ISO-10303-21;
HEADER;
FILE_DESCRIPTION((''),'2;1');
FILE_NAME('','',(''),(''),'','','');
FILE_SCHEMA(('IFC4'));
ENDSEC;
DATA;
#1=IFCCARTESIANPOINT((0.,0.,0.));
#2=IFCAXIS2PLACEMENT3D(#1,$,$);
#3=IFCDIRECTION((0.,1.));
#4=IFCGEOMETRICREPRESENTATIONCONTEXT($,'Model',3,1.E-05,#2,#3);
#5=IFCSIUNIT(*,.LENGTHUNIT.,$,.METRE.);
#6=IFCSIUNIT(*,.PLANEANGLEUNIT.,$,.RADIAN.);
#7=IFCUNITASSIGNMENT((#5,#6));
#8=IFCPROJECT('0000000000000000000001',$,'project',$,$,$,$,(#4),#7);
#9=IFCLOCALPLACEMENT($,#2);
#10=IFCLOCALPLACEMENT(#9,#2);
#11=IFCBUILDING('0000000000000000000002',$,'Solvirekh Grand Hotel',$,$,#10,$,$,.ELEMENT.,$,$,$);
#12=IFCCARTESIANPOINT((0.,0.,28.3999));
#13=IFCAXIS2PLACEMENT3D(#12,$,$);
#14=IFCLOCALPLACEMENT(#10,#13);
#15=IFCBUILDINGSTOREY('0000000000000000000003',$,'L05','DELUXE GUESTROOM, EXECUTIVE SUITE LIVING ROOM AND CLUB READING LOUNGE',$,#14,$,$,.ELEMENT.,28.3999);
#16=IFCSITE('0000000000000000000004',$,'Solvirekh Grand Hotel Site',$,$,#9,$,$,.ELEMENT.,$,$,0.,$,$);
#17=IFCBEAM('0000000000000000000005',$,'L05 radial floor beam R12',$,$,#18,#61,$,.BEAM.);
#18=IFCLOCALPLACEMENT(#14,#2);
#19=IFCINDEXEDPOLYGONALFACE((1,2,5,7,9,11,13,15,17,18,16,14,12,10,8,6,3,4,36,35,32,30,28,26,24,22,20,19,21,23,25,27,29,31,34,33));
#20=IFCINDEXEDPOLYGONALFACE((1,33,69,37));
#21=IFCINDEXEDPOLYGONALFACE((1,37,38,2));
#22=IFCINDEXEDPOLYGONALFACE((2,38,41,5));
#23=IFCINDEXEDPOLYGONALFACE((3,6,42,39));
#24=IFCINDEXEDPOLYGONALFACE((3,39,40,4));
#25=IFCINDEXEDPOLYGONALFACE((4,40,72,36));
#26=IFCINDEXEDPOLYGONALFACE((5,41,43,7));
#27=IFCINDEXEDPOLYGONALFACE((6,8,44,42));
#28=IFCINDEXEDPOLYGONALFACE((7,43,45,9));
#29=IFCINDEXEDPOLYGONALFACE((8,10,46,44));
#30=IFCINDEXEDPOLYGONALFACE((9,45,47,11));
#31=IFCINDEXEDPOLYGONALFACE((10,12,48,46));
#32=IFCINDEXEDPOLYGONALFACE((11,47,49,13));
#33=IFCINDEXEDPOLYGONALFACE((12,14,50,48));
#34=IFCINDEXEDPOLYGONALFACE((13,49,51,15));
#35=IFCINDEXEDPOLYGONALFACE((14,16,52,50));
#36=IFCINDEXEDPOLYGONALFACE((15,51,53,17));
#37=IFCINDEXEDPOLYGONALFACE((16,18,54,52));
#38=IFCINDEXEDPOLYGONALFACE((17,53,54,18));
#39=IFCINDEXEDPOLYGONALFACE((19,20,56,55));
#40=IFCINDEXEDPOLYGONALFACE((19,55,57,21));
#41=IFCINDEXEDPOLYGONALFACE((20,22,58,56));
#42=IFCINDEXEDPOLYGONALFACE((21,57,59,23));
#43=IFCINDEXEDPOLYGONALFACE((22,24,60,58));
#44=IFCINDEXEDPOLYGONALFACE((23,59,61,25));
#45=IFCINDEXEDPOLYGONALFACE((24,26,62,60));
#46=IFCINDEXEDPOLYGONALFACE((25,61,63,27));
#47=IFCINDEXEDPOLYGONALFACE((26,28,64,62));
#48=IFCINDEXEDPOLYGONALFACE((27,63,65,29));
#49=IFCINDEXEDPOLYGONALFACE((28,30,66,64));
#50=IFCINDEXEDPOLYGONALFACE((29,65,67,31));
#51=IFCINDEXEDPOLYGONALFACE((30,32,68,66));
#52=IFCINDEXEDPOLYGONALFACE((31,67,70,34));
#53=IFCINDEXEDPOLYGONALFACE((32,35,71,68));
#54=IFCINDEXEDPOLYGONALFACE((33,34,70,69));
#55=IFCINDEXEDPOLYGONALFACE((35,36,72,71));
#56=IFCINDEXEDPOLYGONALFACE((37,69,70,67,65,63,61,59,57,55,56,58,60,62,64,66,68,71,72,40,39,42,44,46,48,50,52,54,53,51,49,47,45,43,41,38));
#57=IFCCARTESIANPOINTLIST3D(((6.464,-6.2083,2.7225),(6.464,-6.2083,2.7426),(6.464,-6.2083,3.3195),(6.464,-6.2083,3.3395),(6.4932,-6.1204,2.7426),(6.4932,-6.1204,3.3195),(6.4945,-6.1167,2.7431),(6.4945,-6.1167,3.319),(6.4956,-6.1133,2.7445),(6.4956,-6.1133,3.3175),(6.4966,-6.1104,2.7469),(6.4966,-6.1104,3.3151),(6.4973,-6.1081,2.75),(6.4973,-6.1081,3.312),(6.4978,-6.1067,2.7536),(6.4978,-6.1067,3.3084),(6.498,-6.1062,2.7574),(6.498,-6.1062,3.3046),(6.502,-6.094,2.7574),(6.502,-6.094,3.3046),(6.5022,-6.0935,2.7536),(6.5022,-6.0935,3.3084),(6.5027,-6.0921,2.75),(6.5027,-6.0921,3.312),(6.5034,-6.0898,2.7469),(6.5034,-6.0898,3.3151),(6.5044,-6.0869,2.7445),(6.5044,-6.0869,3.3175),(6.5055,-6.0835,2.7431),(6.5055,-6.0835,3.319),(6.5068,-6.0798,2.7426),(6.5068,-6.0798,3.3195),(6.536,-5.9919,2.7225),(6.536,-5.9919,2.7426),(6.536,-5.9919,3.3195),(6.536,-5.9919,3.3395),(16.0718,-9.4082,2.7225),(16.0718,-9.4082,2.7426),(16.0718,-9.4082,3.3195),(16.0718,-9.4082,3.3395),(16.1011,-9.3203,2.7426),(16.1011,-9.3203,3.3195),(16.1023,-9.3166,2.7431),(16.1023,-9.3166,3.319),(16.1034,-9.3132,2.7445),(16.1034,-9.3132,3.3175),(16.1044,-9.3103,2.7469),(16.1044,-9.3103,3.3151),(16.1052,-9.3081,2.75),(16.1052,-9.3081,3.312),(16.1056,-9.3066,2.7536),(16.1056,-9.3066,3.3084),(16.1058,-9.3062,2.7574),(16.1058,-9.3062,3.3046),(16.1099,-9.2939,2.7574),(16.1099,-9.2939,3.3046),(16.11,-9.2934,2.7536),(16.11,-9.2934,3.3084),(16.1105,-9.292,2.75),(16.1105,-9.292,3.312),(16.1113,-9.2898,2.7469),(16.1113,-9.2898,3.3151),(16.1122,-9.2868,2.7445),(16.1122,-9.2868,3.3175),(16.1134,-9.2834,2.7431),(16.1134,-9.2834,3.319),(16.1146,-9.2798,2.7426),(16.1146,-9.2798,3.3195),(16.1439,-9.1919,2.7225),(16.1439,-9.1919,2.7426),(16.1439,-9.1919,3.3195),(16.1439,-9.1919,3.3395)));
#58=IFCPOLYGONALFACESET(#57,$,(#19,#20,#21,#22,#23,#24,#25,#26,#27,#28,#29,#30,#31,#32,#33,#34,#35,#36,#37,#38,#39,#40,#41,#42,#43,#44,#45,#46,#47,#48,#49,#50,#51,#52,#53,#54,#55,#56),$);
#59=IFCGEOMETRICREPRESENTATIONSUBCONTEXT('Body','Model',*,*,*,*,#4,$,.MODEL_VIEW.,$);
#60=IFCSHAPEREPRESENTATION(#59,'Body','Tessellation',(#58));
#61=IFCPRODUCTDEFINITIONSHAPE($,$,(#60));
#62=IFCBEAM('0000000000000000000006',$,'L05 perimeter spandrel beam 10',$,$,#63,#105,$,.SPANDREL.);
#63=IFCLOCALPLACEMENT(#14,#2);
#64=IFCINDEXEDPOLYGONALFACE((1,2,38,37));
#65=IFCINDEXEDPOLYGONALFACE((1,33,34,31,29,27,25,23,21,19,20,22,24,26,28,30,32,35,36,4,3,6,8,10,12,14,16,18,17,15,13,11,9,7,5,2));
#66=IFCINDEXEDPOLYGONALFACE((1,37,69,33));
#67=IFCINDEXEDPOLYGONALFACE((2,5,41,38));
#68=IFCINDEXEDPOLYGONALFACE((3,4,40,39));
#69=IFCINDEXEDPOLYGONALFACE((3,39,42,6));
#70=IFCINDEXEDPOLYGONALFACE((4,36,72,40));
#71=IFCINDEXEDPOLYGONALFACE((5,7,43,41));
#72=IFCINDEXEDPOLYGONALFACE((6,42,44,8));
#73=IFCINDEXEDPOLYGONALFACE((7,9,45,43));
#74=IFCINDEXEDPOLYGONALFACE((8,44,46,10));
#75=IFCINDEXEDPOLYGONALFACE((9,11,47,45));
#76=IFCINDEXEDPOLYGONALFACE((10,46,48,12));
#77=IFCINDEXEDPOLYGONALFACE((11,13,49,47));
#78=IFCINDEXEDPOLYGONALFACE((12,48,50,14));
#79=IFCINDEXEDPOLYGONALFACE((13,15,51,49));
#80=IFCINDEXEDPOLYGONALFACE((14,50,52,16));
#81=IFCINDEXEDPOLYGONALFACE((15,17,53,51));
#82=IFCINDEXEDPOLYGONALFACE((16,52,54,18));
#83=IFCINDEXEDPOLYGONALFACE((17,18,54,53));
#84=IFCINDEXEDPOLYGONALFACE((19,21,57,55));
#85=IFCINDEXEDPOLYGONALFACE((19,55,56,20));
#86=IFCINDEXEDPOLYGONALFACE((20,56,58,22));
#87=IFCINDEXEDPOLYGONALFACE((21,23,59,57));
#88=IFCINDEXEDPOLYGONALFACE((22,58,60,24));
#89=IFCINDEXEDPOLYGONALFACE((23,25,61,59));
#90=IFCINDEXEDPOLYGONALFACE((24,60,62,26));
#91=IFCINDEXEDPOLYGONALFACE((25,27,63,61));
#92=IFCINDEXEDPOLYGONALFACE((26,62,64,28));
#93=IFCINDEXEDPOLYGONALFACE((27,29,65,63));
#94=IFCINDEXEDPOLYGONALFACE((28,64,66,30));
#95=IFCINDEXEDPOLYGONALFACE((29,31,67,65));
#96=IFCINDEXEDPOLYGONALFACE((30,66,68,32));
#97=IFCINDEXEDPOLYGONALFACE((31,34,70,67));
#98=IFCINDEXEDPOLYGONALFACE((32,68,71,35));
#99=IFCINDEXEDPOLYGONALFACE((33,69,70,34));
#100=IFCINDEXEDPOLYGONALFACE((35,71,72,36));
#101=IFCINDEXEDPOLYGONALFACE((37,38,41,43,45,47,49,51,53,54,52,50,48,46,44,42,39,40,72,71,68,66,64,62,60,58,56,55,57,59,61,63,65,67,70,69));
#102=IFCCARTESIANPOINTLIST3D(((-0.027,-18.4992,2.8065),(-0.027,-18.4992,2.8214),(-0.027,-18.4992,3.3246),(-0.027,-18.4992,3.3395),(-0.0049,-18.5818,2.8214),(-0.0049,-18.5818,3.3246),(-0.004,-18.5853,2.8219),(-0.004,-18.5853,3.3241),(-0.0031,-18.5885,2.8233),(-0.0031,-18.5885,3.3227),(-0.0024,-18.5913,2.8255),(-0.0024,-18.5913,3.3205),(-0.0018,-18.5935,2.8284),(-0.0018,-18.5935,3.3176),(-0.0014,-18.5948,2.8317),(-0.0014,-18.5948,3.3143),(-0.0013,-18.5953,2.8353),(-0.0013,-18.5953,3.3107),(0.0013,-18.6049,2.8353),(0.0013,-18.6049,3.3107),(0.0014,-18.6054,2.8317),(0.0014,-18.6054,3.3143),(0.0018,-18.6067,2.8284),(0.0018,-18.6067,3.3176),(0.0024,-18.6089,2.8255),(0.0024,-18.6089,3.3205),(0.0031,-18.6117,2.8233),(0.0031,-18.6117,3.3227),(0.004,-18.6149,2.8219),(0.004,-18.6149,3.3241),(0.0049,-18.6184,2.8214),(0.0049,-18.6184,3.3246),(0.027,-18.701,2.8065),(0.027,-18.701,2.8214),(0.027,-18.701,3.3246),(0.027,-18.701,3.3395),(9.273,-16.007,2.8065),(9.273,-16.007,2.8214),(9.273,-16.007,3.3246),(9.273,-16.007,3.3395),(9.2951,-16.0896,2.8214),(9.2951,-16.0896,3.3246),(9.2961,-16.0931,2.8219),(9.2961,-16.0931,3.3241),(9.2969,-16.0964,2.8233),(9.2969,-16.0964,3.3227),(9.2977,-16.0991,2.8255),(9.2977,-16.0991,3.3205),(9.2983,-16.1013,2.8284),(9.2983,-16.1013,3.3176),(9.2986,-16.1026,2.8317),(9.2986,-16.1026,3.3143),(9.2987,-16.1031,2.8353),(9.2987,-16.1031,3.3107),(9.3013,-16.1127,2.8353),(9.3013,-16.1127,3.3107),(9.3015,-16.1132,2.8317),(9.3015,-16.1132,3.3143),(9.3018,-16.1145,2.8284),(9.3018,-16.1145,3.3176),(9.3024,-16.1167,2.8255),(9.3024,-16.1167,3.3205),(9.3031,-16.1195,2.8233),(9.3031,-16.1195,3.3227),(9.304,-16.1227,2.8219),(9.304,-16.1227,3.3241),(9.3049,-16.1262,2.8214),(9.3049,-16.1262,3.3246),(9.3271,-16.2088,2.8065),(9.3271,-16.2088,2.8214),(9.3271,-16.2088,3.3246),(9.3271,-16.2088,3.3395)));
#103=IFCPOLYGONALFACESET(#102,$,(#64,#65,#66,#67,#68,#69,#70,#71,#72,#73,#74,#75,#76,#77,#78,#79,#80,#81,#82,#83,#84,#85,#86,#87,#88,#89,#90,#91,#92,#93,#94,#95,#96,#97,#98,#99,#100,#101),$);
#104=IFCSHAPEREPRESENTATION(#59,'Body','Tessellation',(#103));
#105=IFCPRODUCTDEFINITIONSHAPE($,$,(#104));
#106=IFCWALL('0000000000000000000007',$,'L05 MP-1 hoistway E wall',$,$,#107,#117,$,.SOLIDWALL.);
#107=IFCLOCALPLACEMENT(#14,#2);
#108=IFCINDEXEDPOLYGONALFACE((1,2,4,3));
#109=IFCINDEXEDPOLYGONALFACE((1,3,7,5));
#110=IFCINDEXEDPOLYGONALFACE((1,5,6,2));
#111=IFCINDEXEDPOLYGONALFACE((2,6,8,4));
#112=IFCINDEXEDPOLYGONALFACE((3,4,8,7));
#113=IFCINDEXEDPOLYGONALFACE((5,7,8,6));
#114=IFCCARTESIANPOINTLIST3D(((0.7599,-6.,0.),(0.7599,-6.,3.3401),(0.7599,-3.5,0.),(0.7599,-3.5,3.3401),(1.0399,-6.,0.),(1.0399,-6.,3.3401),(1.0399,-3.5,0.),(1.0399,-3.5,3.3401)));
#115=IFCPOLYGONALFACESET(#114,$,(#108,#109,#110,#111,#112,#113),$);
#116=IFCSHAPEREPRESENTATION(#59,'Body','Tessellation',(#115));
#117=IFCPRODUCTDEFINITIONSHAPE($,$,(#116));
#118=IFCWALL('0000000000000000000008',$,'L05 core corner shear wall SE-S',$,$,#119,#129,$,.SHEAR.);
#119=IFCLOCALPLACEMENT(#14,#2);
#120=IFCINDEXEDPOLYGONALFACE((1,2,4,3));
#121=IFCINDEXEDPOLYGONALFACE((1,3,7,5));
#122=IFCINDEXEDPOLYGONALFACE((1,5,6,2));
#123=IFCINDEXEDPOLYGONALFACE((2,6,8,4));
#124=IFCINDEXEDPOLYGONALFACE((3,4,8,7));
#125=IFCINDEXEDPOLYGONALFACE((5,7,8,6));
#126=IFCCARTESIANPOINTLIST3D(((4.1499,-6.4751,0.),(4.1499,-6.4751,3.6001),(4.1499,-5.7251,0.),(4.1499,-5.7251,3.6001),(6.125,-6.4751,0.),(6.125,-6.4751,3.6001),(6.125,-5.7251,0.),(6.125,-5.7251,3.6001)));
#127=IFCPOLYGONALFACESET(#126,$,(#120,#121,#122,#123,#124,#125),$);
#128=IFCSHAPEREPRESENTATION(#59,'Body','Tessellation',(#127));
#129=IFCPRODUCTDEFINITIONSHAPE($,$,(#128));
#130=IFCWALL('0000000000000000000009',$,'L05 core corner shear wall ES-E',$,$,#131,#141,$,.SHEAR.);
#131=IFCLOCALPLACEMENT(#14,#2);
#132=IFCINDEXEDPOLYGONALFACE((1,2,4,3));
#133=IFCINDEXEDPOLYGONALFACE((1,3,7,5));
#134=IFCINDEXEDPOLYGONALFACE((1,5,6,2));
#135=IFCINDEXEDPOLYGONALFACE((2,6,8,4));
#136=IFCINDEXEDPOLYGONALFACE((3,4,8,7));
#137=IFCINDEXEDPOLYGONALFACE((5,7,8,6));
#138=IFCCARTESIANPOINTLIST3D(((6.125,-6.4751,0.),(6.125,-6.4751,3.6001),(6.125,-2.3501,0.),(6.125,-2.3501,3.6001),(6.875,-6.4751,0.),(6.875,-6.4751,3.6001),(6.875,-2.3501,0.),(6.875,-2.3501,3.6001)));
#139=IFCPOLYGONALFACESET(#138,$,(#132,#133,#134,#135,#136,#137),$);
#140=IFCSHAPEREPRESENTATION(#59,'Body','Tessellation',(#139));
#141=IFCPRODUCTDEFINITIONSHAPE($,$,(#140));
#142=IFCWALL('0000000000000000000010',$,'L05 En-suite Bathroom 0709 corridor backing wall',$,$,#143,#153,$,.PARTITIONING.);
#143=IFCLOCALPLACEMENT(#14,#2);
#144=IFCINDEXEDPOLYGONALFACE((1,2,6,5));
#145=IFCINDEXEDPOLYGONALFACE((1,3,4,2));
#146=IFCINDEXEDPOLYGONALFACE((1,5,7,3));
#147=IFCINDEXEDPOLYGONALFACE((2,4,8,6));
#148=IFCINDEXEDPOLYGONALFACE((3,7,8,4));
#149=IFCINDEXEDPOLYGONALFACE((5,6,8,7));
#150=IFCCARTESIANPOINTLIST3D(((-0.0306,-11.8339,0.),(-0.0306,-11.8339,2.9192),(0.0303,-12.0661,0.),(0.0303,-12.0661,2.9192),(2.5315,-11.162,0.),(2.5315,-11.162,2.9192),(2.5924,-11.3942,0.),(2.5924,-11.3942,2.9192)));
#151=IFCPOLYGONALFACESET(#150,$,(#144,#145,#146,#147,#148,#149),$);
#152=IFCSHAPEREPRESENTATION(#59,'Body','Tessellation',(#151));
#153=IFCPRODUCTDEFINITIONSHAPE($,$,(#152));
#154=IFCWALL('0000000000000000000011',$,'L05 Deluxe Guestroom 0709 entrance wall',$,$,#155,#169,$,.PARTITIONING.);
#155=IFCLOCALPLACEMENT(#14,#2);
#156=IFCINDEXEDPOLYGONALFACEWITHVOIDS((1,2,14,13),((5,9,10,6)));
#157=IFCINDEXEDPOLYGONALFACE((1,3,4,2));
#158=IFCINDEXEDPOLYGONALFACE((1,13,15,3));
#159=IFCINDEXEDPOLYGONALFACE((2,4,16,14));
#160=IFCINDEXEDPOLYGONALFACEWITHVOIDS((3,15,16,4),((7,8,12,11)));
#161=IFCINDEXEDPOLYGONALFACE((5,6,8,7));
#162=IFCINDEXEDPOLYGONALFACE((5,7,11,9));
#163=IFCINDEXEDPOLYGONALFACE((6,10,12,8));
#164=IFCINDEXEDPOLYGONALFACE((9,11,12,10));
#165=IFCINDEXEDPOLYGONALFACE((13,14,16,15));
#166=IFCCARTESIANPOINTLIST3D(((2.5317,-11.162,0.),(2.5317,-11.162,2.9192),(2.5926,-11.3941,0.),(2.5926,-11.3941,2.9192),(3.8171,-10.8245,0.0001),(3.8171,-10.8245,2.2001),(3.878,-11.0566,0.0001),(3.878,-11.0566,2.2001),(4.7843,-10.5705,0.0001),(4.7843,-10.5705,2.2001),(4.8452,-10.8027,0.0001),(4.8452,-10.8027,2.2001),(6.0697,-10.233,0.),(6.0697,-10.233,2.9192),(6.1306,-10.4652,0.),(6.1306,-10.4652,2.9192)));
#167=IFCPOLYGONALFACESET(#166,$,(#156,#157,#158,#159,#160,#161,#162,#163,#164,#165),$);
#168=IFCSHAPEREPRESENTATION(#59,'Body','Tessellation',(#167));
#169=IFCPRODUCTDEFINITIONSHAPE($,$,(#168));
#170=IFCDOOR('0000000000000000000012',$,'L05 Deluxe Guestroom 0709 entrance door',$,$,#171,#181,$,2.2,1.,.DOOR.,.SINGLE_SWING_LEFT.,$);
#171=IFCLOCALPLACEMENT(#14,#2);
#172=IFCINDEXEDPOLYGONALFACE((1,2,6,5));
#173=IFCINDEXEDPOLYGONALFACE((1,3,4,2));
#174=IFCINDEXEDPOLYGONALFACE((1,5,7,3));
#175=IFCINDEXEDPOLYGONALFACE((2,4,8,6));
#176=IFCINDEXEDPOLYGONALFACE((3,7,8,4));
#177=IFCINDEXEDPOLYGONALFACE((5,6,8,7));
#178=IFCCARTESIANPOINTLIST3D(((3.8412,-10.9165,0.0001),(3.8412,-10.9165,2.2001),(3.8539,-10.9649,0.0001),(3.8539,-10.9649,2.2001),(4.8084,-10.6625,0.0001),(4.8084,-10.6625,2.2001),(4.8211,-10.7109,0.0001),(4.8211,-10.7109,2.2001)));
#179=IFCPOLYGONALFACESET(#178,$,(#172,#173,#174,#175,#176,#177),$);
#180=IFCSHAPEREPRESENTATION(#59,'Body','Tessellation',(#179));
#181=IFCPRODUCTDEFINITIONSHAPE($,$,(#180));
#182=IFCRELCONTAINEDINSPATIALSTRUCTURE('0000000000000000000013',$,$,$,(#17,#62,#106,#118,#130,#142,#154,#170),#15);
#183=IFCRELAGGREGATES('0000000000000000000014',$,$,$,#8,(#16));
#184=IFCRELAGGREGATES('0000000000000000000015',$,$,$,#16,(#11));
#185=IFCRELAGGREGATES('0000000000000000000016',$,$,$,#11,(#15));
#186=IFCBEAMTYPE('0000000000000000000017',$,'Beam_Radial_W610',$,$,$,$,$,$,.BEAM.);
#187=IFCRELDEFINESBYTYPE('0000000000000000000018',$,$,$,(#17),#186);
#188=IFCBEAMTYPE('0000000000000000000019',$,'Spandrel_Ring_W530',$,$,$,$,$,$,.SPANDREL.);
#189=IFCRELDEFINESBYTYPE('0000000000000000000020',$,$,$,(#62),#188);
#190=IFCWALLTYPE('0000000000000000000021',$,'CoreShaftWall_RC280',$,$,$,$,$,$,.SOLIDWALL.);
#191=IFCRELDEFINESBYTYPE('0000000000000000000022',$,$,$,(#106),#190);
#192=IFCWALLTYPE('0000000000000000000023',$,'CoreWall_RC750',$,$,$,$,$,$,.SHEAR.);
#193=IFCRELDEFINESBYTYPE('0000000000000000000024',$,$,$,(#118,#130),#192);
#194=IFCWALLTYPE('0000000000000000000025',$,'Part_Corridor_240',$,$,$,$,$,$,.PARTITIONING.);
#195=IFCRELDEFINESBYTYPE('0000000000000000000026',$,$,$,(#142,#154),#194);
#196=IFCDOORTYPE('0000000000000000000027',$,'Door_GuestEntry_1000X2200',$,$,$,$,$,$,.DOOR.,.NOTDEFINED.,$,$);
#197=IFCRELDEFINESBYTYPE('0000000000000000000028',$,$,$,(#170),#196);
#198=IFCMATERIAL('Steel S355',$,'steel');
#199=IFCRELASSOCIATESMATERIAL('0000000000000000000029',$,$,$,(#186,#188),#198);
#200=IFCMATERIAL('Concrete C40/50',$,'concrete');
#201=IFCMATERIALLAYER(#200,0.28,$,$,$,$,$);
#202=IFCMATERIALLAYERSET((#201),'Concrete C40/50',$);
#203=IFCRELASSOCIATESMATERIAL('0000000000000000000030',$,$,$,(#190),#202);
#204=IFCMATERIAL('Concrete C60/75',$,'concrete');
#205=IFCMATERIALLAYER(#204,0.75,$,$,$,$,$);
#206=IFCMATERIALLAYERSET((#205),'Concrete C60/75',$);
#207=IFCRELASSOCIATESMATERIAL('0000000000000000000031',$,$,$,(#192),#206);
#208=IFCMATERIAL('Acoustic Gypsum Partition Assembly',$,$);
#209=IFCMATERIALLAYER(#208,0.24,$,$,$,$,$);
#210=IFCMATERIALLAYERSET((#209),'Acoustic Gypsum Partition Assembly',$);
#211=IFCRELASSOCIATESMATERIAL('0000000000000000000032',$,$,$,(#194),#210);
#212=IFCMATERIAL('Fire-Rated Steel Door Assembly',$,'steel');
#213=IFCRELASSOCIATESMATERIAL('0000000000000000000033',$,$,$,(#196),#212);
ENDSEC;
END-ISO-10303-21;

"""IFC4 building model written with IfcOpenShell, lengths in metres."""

from ifc_helpers import new_model, si_unit, direction, frame, frame_2d, origin, origin_2d, place, context, subcontext, project, spatial, rectangle, i_section, extrude, material, layer, layer_set, material_profile, profile_set, type_object, element, fill, save


model = new_model("IFC4")

# Units and contexts
model_context = context("Model", 3, precision=1e-05, world=origin(), true_north=direction((0.0, 1.0)))
body_context = subcontext(model_context, "Body", "Model", "MODEL_VIEW")
ifc_project = project(units=[si_unit("LENGTHUNIT", "METRE"), si_unit("PLANEANGLEUNIT", "RADIAN")], contexts=[model_context])

# Site, building, storey
site_placement = place(None, origin())
site = spatial("IfcSite", under=ifc_project, at=site_placement, Name="Solvirekh Grand Hotel Site", CompositionType="ELEMENT", RefElevation=0.0)
building_placement = place(site_placement, origin())
building = spatial("IfcBuilding", under=site, at=building_placement, Name="Solvirekh Grand Hotel", CompositionType="ELEMENT")
storey_placement = place(building_placement, frame((0.0, 0.0, 28.3999)))
storey = spatial("IfcBuildingStorey", under=building, at=storey_placement, Name="L05", Description="DELUXE GUESTROOM, EXECUTIVE SUITE LIVING ROOM AND CLUB READING LOUNGE", CompositionType="ELEMENT", Elevation=28.3999)

# Shared definitions
ifc_material_1 = material(Name="Concrete C60/75", Category="concrete")

# Beams
ifc_material_2 = material(Name="Steel S355", Category="steel")
ifc_material_profile_1 = material_profile(ifc_material_2, i_section(OverallWidth=0.228, OverallDepth=0.6169, WebThickness=0.0129, FlangeThickness=0.02, FilletRadius=0.0149, at=origin_2d()), Name="W610X140")
ifc_profile_set_1 = profile_set([ifc_material_profile_1], Name="Steel S355")
beam_type_1 = type_object("IfcBeamType", Name="Beam_Radial_W610", PredefinedType="BEAM", material=ifc_profile_set_1)
beam_1_placement = place(storey_placement, frame((6.5, -6.1001, 3.031), z_axis=(0.948763, -0.315989, 0.0), x_axis=(0.315989, 0.948763, 0.0)))
element("IfcBeam", 1, at=beam_1_placement, inside=storey, type_object=beam_type_1, Name="L05 radial floor beam R12", PredefinedType="BEAM", context=body_context, shape_type="SweptSolid", body=[
    extrude(i_section(OverallWidth=0.228, OverallDepth=0.6169, WebThickness=0.0129, FlangeThickness=0.02, FilletRadius=0.0149, at=origin_2d()), origin(), (0.0, 0.0, 1.0), 10.1267),
])
ifc_material_profile_2 = material_profile(ifc_material_2, i_section(OverallWidth=0.209, OverallDepth=0.533, WebThickness=0.01, FlangeThickness=0.0149, FilletRadius=0.0139, at=origin_2d()), Name="W530X92")
ifc_profile_set_2 = profile_set([ifc_material_profile_2], Name="Steel S355")
beam_type_2 = type_object("IfcBeamType", Name="Spandrel_Ring_W530", PredefinedType="SPANDREL", material=ifc_profile_set_2)
beam_2_placement = place(storey_placement, frame((0.0, -18.6001, 3.073), z_axis=(0.965919, 0.258843, 0.0), x_axis=(-0.258843, 0.965919, 0.0)))
element("IfcBeam", 2, at=beam_2_placement, inside=storey, type_object=beam_type_2, Name="L05 perimeter spandrel beam 10", PredefinedType="SPANDREL", context=body_context, shape_type="SweptSolid", body=[
    extrude(i_section(OverallWidth=0.209, OverallDepth=0.533, WebThickness=0.01, FlangeThickness=0.0149, FilletRadius=0.0139, at=origin_2d()), origin(), (0.0, 0.0, 1.0), 9.6282),
])

# Walls
ifc_material_3 = material(Name="Concrete C40/50", Category="concrete")
ifc_layer_1 = layer(ifc_material_3, 0.28)
ifc_layer_set_1 = layer_set([ifc_layer_1], Name="Concrete C40/50")
wall_type_1 = type_object("IfcWallType", Name="CoreShaftWall_RC280", PredefinedType="SOLIDWALL", material=ifc_layer_set_1)
wall_1_placement = place(storey_placement, frame((0.8999, -6.0, 0.0), z_axis=(0.0, 0.0, 1.0), x_axis=(0.0, 1.0, 0.0)))
element("IfcWall", 3, at=wall_1_placement, inside=storey, type_object=wall_type_1, Name="L05 MP-1 hoistway E wall", PredefinedType="SOLIDWALL", context=body_context, shape_type="SweptSolid", body=[
    extrude(rectangle(XDim=2.5, YDim=0.28, at=frame_2d((1.25, 0.0))), origin(), (0.0, 0.0, 1.0), 3.3401),
])
ifc_layer_2 = layer(ifc_material_1, 0.75)
ifc_layer_set_2 = layer_set([ifc_layer_2], Name="Concrete C60/75")
wall_type_2 = type_object("IfcWallType", Name="CoreWall_RC750", PredefinedType="SHEAR", material=ifc_layer_set_2)
wall_2_placement = place(storey_placement, frame((4.1499, -6.1001, 0.0), z_axis=(0.0, 0.0, 1.0), x_axis=(1.0, 0.0, 0.0)))
element("IfcWall", 4, at=wall_2_placement, inside=storey, type_object=wall_type_2, Name="L05 core corner shear wall SE-S", PredefinedType="SHEAR", context=body_context, shape_type="SweptSolid", body=[
    extrude(rectangle(XDim=1.9751, YDim=0.75, at=frame_2d((0.9875, 0.0))), origin(), (0.0, 0.0, 1.0), 3.6001),
])
wall_3_placement = place(storey_placement, frame((6.5, -6.4751, 0.0), z_axis=(0.0, 0.0, 1.0), x_axis=(0.0, 1.0, 0.0)))
element("IfcWall", 5, at=wall_3_placement, inside=storey, type_object=wall_type_2, Name="L05 core corner shear wall ES-E", PredefinedType="SHEAR", context=body_context, shape_type="SweptSolid", body=[
    extrude(rectangle(XDim=4.125, YDim=0.75, at=frame_2d((2.0625, 0.0))), origin(), (0.0, 0.0, 1.0), 3.6001),
])
ifc_material_4 = material(Name="Acoustic Gypsum Partition Assembly")
ifc_layer_3 = layer(ifc_material_4, 0.24)
ifc_layer_set_3 = layer_set([ifc_layer_3], Name="Acoustic Gypsum Partition Assembly")
wall_type_3 = type_object("IfcWallType", Name="Part_Corridor_240", PredefinedType="PARTITIONING", material=ifc_layer_set_3)
wall_4_placement = place(storey_placement, frame((0.0, -11.95, 0.0), z_axis=(0.0, 0.0, 1.0), x_axis=(0.967291, 0.253667, 0.0)))
element("IfcWall", 6, at=wall_4_placement, inside=storey, type_object=wall_type_3, Name="L05 En-suite Bathroom 0709 corridor backing wall", PredefinedType="PARTITIONING", context=body_context, shape_type="SweptSolid", body=[
    extrude(rectangle(XDim=2.6487, YDim=0.24, at=frame_2d((1.3242, 0.0))), origin(), (0.0, 0.0, 1.0), 2.9192),
])

# Wall, opening, door
wall_5_placement = place(storey_placement, frame((2.562, -11.2781, 0.0), z_axis=(0.0, 0.0, 1.0), x_axis=(0.967217, 0.253951, 0.0)))
wall_5 = element("IfcWall", 7, at=wall_5_placement, inside=storey, type_object=wall_type_3, Name="L05 Deluxe Guestroom 0709 entrance wall", PredefinedType="PARTITIONING", context=body_context, shape_type="SweptSolid", body=[
    extrude(rectangle(XDim=3.658, YDim=0.24, at=frame_2d((1.8291, 0.0))), origin(), (0.0, 0.0, 1.0), 2.9192),
])
opening_1_placement = place(wall_5_placement, frame((1.3291, 0.0, 0.0)))
opening_1 = element("IfcOpeningElement", 8, at=opening_1_placement, cuts=wall_5, PredefinedType="OPENING", context=body_context, shape_type="SweptSolid", body=[
    extrude(rectangle(XDim=1.0, YDim=2.2, at=frame_2d((0.5, 1.1001))), frame((0.0, 0.1299, 0.0), z_axis=(0.0, -1.0, 0.0), x_axis=(1.0, 0.0, 0.0)), (0.0, 0.0, 1.0), 0.26),
])
ifc_material_5 = material(Name="Fire-Rated Steel Door Assembly", Category="steel")
door_type_1 = type_object("IfcDoorType", Name="Door_GuestEntry_1000X2200", OperationType="NOTDEFINED", PredefinedType="DOOR", material=ifc_material_5)
door_1_placement = place(opening_1_placement, origin())
door_1 = element("IfcDoor", 9, at=door_1_placement, inside=storey, type_object=door_type_1, Name="L05 Deluxe Guestroom 0709 entrance door", OperationType="SINGLE_SWING_LEFT", OverallHeight=2.2, OverallWidth=1.0, PredefinedType="DOOR", context=body_context, shape_type="SweptSolid", body=[
    extrude(rectangle(XDim=1.0, YDim=2.2, at=frame_2d((0.5, 1.1001))), frame((0.0, 0.0249, 0.0), z_axis=(0.0, -1.0, 0.0), x_axis=(1.0, 0.0, 0.0)), (0.0, 0.0, 1.0), 0.05),
])
fill(opening_1, door_1)

save(model, "model.ifc")
